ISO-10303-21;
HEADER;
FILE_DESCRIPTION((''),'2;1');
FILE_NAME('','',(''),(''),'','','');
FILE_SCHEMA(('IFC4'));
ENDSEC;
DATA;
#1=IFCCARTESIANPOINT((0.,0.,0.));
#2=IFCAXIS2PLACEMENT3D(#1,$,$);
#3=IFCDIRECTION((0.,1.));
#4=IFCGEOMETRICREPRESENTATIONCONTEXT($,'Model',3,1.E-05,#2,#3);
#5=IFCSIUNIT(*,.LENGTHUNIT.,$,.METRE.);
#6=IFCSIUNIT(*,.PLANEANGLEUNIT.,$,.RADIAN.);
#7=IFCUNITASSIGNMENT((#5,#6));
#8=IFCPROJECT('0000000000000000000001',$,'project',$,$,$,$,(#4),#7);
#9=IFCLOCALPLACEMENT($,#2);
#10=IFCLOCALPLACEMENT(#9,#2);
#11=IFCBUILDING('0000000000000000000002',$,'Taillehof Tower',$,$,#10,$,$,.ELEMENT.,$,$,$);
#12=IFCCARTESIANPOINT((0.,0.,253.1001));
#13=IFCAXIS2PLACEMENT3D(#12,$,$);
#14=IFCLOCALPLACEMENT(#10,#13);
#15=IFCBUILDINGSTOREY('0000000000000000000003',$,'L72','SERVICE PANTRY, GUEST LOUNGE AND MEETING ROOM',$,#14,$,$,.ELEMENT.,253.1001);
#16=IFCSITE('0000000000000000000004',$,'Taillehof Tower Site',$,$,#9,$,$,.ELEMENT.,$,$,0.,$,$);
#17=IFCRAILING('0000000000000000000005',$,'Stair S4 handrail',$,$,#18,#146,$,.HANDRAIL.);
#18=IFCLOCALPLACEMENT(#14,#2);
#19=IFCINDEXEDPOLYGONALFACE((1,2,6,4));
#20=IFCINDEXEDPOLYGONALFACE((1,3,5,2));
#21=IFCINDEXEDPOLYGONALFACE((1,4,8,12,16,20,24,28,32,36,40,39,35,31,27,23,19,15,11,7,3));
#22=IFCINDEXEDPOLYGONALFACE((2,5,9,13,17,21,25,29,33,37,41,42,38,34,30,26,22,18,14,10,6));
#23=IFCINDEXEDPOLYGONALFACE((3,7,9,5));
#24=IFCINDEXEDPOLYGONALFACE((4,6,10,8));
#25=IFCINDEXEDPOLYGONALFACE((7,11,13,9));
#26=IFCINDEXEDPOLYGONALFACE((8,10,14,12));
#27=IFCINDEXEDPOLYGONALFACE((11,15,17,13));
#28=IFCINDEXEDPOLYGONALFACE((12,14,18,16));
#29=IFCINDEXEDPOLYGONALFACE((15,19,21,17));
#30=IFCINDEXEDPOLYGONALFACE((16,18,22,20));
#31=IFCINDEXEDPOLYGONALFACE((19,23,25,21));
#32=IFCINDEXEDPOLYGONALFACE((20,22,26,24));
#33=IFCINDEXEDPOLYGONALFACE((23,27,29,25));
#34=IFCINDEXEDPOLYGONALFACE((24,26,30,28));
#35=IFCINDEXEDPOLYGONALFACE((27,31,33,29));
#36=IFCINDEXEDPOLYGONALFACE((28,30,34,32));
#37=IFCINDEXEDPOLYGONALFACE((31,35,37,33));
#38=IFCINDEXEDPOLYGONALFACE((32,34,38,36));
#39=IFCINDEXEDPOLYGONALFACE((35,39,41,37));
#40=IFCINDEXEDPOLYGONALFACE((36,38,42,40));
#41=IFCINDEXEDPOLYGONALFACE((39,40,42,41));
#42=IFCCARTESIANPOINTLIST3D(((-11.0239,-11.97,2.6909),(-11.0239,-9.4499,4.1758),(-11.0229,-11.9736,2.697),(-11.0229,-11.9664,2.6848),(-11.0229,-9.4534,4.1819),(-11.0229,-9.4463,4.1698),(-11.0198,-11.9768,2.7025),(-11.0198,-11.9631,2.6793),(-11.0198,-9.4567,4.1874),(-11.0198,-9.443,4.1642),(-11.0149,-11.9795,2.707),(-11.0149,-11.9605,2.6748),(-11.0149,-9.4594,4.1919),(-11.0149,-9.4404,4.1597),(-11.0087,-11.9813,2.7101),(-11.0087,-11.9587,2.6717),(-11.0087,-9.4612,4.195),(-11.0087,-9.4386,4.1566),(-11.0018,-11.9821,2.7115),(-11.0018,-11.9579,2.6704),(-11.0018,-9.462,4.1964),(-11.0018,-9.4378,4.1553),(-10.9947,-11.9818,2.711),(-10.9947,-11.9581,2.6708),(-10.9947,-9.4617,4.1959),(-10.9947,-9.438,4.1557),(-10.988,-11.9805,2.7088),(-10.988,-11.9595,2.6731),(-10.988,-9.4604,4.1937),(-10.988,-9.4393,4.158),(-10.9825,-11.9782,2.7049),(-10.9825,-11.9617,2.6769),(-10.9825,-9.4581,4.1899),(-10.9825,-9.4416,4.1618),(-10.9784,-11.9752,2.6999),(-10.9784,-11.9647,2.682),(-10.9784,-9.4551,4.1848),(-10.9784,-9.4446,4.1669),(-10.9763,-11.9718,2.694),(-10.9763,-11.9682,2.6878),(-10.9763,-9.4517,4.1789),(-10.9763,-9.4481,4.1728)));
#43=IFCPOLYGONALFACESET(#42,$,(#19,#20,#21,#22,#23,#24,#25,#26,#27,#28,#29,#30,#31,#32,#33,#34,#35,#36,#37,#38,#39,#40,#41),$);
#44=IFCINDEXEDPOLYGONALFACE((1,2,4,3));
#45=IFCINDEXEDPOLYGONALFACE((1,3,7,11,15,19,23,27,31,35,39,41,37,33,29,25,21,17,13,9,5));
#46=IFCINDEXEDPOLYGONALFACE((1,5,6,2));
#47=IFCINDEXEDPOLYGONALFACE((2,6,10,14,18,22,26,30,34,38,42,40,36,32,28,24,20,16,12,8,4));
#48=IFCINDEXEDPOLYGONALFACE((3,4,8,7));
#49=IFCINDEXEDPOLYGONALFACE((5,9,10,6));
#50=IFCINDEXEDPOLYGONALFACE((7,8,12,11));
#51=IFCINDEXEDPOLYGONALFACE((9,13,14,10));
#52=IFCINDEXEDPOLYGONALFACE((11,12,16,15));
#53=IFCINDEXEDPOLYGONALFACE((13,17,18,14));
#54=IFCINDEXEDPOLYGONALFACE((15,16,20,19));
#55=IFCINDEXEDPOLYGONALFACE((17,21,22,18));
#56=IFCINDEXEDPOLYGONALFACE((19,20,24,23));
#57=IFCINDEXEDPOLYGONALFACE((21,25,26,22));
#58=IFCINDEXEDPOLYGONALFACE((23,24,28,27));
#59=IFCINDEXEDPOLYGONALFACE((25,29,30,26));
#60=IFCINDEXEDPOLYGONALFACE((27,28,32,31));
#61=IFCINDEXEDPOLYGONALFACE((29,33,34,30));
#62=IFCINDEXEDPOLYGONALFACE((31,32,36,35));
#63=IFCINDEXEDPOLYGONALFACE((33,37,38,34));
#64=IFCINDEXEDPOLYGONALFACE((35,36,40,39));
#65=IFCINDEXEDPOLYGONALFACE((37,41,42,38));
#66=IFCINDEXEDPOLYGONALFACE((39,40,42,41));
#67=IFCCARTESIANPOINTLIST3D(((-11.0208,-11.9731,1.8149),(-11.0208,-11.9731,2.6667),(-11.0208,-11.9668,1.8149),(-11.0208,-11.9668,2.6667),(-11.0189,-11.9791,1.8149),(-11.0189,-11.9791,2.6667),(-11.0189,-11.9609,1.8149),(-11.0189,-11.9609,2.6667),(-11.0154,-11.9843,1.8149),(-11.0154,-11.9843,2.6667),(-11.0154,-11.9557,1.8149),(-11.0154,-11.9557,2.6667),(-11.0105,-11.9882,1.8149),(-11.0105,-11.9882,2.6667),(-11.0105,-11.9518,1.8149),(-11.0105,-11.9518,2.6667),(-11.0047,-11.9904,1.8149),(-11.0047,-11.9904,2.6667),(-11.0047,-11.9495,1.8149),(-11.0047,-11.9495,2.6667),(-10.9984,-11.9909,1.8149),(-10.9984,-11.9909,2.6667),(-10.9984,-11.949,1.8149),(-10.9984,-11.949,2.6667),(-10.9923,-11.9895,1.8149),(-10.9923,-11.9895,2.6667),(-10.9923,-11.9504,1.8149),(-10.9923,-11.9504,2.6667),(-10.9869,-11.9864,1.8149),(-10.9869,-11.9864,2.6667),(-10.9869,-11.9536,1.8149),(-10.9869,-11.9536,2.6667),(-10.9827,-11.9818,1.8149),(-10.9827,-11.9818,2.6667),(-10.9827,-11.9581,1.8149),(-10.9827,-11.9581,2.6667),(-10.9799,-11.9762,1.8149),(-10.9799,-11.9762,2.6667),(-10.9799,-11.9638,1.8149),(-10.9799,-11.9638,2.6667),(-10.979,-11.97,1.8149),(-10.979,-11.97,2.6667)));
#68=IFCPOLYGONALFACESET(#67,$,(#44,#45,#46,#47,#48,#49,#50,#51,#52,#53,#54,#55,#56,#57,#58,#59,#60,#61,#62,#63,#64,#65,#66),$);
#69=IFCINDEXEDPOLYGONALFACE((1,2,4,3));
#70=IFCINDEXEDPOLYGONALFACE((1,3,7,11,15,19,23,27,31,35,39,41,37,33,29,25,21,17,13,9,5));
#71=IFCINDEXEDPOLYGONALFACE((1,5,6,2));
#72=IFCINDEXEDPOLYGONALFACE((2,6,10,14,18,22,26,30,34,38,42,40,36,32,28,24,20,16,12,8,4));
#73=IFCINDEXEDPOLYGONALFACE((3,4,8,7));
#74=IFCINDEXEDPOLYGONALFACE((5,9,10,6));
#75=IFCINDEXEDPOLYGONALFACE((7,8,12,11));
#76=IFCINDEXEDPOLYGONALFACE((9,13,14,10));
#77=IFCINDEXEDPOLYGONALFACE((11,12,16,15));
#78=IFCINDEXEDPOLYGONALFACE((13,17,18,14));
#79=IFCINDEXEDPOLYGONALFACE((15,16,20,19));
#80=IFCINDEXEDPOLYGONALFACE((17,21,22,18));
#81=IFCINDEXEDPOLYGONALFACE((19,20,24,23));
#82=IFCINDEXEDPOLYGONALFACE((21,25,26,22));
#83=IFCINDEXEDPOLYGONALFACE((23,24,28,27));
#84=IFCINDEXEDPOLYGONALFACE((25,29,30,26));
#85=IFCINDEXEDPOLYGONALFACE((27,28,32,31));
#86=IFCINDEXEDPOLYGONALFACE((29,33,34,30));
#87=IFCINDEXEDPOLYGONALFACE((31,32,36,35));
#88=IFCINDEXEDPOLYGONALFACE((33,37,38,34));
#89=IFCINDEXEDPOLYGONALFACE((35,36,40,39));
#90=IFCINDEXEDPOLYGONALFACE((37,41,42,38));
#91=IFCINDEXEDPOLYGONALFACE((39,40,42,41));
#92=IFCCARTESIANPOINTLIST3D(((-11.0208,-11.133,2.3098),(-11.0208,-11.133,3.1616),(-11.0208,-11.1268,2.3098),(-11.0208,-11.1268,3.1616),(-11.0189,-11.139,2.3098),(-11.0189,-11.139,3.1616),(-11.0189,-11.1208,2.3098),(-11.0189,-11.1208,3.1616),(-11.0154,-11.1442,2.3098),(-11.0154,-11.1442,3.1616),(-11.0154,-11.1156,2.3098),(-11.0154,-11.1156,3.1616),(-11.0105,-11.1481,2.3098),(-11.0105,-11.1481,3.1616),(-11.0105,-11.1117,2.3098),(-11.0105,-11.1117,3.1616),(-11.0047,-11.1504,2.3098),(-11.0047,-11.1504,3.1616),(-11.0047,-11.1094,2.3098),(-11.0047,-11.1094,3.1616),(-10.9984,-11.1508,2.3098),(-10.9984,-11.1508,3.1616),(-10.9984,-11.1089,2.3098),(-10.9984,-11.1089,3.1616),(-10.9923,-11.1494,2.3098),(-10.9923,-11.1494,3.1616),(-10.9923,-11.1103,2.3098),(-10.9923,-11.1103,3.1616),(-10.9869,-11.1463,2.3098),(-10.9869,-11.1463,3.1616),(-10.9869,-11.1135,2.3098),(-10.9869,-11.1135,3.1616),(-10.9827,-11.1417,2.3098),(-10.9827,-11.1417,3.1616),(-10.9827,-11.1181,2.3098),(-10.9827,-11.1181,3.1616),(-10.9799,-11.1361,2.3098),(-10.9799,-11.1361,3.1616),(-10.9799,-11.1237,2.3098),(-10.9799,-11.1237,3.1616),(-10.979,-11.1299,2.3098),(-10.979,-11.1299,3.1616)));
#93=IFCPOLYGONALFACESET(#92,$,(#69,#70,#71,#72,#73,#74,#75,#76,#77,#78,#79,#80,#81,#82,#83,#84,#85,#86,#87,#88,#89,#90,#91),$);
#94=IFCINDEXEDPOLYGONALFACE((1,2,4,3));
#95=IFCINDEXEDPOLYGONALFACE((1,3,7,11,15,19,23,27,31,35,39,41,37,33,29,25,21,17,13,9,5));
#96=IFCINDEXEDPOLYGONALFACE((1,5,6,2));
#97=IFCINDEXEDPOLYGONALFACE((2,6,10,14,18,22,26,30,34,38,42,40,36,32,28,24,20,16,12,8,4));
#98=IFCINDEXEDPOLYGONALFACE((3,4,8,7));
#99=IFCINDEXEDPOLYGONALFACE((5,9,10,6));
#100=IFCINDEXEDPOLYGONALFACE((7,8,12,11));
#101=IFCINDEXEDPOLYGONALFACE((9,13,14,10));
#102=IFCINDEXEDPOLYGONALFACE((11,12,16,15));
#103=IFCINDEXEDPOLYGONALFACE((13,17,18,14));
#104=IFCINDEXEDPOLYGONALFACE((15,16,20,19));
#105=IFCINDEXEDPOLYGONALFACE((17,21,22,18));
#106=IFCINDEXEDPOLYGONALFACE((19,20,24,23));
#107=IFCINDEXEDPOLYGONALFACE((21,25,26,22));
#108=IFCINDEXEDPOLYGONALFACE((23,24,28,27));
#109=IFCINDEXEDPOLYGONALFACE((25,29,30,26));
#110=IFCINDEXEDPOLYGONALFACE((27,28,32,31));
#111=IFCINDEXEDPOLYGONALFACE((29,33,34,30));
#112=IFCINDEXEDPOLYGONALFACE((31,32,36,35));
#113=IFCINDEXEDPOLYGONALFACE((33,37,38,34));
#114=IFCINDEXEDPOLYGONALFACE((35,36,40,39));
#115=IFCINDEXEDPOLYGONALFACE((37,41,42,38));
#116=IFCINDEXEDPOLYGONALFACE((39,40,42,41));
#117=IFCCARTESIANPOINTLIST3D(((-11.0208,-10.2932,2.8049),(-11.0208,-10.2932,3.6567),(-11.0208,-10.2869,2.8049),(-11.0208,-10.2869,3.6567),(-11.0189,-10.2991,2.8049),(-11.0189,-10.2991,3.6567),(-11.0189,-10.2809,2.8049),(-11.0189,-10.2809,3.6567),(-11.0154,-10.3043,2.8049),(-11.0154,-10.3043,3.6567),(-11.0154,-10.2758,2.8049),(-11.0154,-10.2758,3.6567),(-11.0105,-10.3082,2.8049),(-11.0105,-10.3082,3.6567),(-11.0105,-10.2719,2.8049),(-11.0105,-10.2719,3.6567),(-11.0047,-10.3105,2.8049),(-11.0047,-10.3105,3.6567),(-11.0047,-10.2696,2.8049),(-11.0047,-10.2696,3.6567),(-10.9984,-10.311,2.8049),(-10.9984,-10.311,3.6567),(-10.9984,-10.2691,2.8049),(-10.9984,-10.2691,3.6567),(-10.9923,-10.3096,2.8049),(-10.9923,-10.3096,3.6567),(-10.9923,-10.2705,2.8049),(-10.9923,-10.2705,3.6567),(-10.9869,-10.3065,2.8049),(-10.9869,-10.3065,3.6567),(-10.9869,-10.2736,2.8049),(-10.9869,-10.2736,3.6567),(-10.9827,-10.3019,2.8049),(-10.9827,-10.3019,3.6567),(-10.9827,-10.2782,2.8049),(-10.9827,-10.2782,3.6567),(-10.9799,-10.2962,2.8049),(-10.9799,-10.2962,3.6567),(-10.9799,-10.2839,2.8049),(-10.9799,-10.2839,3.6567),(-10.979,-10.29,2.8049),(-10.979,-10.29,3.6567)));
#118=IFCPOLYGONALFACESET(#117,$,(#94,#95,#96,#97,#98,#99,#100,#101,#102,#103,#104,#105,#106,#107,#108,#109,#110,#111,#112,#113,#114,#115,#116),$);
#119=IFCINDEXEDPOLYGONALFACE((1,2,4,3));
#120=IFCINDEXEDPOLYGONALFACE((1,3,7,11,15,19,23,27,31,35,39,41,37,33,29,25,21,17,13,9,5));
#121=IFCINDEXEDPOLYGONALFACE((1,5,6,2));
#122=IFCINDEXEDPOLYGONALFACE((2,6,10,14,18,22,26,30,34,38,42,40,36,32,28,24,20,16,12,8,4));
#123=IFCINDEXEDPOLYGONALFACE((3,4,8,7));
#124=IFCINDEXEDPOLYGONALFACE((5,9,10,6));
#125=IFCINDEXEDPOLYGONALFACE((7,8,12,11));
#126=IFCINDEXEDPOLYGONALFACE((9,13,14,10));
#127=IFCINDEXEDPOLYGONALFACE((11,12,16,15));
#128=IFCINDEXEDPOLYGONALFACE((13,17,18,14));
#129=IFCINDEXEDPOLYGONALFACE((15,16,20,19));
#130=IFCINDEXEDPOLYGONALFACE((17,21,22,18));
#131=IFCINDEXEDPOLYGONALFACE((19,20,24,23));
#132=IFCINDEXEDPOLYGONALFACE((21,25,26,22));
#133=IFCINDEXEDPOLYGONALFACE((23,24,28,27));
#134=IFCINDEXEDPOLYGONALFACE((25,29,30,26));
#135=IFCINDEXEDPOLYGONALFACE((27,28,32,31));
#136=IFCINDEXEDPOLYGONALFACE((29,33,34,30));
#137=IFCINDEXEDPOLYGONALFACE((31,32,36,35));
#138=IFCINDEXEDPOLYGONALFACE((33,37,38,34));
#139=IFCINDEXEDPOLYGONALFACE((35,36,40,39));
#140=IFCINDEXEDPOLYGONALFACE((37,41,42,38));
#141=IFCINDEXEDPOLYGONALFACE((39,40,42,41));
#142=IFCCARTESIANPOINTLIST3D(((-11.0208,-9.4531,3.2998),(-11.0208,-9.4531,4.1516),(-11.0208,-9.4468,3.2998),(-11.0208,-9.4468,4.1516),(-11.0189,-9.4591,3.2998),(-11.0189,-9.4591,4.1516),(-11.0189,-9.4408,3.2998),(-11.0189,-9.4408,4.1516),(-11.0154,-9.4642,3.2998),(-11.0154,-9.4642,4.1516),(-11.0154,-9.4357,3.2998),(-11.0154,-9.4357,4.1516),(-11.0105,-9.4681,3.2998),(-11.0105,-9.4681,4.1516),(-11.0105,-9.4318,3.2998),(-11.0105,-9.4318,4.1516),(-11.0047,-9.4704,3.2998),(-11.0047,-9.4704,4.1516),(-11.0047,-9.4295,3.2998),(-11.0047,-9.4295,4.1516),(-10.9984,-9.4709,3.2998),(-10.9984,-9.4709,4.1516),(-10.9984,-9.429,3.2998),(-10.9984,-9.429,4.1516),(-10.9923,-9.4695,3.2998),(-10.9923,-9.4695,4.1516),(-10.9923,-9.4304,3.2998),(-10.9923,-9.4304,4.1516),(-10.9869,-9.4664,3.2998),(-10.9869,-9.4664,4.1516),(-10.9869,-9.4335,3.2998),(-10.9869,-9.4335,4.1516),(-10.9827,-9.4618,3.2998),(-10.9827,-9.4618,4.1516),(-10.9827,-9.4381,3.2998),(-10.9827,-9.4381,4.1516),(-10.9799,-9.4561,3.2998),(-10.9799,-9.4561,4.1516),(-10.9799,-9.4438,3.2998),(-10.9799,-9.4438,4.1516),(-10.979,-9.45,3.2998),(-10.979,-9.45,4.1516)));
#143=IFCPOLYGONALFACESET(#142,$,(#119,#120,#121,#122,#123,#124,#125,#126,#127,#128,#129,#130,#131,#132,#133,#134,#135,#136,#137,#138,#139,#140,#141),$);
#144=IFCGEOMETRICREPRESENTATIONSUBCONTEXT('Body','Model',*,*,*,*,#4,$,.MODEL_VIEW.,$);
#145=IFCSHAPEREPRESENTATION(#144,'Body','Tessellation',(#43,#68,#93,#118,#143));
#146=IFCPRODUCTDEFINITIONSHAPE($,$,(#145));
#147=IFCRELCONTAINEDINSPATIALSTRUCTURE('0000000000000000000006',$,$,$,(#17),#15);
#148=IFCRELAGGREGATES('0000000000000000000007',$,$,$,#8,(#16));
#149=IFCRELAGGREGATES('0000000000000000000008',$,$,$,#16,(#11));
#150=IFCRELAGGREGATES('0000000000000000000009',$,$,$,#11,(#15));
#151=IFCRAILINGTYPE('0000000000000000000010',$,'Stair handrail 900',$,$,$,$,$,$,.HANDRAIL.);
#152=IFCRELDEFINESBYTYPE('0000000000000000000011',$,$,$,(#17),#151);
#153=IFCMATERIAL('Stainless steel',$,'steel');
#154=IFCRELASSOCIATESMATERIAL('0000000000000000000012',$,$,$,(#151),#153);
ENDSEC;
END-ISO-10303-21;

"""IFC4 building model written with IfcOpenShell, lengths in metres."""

from ifc_helpers import new_model, si_unit, direction, frame, origin, origin_2d, place, context, subcontext, project, spatial, circle, extrude, material, type_object, element, save


model = new_model("IFC4")

# Units and contexts
model_context = context("Model", 3, precision=1e-05, world=origin(), true_north=direction((0.0, 1.0)))
body_context = subcontext(model_context, "Body", "Model", "MODEL_VIEW")
ifc_project = project(units=[si_unit("LENGTHUNIT", "METRE"), si_unit("PLANEANGLEUNIT", "RADIAN")], contexts=[model_context])

# Site, building, storey
site_placement = place(None, origin())
site = spatial("IfcSite", under=ifc_project, at=site_placement, Name="Taillehof Tower Site", CompositionType="ELEMENT", RefElevation=0.0)
building_placement = place(site_placement, origin())
building = spatial("IfcBuilding", under=site, at=building_placement, Name="Taillehof Tower", CompositionType="ELEMENT")
storey_placement = place(building_placement, frame((0.0, 0.0, 253.1001)))
storey = spatial("IfcBuildingStorey", under=building, at=storey_placement, Name="L72", Description="SERVICE PANTRY, GUEST LOUNGE AND MEETING ROOM", CompositionType="ELEMENT", Elevation=253.1001)

# Railing
ifc_material_1 = material(Name="Stainless steel", Category="steel")
railing_type = type_object("IfcRailingType", Name="Stair handrail 900", PredefinedType="HANDRAIL", material=ifc_material_1)
railing_placement = place(storey_placement, frame((-11.0, -11.97, 1.8149)))
element("IfcRailing", 1, at=railing_placement, inside=storey, type_object=railing_type, Name="Stair S4 handrail", PredefinedType="HANDRAIL", context=body_context, shape_type="SweptSolid", body=[
    extrude(circle(Radius=0.0239, at=origin_2d()), frame((0.0, 0.0, 0.876), z_axis=(0.0, 0.861561, 0.507655), x_axis=(-1.0, 0.0, 0.0)), (0.0, 0.0, 1.0), 2.925),
    extrude(circle(Radius=0.021, at=origin_2d()), origin(), (0.0, 0.0, 1.0), 0.8518),
    extrude(circle(Radius=0.021, at=origin_2d()), frame((0.0, 0.8401, 0.4949)), (0.0, 0.0, 1.0), 0.8518),
    extrude(circle(Radius=0.021, at=origin_2d()), frame((0.0, 1.6799, 0.99)), (0.0, 0.0, 1.0), 0.8518),
    extrude(circle(Radius=0.021, at=origin_2d()), frame((0.0, 2.52, 1.4849)), (0.0, 0.0, 1.0), 0.8518),
])

save(model, "model.ifc")
